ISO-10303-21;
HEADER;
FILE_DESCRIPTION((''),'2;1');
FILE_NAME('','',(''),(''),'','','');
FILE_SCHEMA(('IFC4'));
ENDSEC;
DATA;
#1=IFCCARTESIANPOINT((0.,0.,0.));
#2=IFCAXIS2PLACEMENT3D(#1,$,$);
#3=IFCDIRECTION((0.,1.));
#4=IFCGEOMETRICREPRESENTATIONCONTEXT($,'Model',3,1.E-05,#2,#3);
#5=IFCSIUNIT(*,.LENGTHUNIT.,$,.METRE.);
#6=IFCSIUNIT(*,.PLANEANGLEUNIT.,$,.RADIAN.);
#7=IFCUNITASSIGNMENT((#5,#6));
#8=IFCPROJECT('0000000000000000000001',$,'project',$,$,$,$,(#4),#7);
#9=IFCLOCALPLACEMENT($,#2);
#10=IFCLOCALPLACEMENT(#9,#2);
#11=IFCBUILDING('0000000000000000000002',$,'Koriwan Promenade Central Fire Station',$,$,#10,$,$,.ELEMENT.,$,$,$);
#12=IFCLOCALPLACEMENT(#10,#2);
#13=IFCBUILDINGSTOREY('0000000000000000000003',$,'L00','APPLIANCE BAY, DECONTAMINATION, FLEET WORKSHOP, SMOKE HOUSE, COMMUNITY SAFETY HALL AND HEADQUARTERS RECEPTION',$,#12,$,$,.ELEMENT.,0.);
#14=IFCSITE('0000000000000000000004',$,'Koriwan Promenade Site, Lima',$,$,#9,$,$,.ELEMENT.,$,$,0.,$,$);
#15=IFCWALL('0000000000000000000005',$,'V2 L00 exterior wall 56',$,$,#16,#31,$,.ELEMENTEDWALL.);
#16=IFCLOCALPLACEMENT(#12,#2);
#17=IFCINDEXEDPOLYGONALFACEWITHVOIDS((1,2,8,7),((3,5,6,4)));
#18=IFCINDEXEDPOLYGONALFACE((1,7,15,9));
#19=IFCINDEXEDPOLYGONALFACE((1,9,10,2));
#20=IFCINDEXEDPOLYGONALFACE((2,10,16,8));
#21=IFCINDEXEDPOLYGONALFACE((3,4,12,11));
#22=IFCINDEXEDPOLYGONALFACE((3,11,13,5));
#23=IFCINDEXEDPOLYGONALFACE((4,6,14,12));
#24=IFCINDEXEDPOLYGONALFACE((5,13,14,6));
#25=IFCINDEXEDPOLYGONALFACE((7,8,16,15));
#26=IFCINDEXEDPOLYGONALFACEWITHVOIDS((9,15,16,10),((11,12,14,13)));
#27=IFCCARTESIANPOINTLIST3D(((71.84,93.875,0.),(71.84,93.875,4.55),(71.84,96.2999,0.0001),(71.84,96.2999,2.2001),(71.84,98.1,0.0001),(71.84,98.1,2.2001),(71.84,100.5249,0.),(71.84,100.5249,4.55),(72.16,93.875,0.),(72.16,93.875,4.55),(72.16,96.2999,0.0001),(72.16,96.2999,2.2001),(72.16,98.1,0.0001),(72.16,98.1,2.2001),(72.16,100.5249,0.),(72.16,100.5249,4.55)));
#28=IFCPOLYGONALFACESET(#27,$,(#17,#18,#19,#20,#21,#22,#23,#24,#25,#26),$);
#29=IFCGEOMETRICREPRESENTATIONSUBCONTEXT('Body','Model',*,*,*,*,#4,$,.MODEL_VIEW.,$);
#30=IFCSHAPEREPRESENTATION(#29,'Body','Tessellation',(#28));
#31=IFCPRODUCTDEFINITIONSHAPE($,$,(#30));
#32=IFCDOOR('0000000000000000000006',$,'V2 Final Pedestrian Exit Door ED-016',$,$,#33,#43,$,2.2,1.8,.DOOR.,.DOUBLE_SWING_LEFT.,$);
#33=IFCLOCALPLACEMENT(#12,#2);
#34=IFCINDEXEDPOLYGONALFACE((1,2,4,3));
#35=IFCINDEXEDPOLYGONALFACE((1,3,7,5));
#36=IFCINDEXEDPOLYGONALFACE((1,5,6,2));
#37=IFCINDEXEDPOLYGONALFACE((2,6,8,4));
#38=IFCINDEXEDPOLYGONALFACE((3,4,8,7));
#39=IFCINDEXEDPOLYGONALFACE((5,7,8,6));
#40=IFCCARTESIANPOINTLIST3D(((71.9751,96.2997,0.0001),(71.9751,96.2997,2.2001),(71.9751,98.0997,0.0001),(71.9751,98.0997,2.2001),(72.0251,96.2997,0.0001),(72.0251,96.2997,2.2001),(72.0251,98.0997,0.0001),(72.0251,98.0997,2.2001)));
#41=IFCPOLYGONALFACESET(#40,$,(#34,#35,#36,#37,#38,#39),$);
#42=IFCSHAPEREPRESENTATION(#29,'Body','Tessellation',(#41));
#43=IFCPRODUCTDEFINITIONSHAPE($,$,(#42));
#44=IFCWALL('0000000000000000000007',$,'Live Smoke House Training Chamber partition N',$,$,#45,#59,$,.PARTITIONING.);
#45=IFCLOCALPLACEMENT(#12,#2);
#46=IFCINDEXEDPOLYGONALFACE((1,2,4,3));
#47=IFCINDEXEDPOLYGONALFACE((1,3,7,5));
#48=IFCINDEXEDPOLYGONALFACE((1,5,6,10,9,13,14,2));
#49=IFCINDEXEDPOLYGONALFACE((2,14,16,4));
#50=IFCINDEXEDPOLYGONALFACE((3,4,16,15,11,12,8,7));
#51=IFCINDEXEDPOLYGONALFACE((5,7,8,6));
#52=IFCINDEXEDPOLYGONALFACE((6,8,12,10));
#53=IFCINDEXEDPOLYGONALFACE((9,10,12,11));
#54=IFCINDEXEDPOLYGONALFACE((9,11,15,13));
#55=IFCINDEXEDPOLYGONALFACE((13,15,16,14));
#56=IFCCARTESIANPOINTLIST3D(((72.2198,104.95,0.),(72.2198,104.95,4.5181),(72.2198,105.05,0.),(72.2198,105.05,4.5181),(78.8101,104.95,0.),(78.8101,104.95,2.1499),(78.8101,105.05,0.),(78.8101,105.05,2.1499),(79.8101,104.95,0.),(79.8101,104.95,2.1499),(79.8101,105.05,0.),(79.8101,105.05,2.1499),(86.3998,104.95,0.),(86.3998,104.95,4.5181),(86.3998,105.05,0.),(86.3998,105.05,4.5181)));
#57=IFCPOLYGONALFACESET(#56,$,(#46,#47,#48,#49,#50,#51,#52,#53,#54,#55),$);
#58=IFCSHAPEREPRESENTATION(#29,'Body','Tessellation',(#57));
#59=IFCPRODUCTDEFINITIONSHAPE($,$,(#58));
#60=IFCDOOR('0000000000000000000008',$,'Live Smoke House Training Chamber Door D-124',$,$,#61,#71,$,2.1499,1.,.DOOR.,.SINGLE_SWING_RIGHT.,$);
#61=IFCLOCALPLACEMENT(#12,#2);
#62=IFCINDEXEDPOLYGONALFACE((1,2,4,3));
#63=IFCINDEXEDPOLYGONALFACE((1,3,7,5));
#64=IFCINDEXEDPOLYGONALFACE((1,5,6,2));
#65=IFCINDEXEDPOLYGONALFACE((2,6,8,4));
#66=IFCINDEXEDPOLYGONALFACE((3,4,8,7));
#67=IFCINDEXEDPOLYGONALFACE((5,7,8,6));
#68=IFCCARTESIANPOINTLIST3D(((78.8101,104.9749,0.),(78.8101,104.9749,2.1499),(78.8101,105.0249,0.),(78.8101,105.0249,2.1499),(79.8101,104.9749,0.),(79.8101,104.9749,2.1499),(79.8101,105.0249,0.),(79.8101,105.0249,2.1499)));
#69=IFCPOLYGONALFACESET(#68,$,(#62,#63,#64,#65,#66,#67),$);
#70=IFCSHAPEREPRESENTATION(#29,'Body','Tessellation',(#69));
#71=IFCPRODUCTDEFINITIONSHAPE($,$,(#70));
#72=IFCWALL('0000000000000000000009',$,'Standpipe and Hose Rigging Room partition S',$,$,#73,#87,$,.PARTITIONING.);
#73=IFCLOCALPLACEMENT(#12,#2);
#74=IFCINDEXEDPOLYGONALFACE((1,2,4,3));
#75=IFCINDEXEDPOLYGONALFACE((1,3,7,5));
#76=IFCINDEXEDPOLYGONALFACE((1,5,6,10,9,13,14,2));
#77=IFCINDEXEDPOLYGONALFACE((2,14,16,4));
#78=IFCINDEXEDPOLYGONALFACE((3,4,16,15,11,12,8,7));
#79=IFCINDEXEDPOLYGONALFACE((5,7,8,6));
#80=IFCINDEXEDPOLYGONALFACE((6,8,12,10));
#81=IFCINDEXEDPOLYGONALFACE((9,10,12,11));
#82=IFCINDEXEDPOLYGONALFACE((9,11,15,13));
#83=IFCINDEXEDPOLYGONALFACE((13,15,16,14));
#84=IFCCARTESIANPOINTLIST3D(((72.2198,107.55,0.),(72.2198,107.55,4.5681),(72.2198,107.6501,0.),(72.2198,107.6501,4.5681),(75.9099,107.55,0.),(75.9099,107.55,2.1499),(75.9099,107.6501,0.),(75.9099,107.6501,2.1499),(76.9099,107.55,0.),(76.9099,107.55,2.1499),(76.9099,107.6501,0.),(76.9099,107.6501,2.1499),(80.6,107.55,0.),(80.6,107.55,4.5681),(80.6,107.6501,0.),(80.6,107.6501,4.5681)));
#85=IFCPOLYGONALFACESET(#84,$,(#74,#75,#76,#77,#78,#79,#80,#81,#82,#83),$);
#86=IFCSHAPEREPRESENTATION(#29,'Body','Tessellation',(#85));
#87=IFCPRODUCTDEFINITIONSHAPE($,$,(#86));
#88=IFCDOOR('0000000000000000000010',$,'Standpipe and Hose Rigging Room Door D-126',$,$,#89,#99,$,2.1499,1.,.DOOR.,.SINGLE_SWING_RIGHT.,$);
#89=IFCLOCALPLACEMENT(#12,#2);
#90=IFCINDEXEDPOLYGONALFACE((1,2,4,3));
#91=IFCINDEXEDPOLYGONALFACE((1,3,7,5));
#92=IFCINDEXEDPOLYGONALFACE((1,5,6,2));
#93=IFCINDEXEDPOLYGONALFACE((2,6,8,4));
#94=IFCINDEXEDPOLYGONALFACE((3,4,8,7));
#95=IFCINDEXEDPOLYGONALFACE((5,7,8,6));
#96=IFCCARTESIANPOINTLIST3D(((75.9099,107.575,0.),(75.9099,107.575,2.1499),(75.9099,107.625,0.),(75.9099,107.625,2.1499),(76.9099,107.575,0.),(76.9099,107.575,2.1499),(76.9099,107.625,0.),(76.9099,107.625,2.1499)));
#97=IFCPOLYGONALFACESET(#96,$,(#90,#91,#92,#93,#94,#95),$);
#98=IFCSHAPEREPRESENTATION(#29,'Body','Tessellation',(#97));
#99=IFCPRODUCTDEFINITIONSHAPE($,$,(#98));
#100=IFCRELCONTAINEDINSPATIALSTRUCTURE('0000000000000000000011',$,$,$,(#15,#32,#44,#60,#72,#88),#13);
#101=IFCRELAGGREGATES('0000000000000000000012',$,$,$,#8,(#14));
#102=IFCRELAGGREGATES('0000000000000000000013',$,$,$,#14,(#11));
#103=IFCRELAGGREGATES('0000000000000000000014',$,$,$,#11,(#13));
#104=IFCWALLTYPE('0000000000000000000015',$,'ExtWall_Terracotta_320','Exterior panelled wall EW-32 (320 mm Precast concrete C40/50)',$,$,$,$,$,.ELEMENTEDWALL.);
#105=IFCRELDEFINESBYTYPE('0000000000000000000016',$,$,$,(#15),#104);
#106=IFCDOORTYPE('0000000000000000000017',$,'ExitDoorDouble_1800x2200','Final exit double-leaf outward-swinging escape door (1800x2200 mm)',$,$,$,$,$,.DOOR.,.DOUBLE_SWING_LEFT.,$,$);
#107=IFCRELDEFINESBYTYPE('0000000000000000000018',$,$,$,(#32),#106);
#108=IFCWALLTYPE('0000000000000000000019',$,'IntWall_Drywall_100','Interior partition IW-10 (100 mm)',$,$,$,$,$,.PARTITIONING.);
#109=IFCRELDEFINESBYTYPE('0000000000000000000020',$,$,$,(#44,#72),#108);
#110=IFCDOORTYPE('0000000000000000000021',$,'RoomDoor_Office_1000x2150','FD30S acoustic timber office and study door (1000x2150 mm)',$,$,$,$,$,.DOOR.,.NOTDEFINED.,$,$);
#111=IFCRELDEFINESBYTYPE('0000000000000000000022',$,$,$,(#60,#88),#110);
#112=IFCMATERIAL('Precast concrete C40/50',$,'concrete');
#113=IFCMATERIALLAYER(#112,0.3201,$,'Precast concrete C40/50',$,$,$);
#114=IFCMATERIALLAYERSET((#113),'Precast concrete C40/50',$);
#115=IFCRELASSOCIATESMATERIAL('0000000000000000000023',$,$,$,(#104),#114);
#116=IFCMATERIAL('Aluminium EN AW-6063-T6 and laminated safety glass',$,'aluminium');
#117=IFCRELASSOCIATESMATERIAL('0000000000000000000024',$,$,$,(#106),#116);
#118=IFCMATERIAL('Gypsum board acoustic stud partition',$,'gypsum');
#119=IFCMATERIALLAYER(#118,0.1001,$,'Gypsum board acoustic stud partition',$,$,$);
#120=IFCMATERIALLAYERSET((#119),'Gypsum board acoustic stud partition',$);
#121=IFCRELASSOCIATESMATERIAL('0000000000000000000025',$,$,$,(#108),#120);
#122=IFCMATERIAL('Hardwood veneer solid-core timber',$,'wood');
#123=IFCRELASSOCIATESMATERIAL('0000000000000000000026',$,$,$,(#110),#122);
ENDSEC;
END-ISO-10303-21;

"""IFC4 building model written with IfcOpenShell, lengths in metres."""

from ifc_helpers import new_model, si_unit, direction, frame, frame_2d, origin, place, context, subcontext, project, spatial, rectangle, extrude, material, layer, layer_set, type_object, element, fill, save


model = new_model("IFC4")

# Units and contexts
model_context = context("Model", 3, precision=1e-05, world=origin(), true_north=direction((0.0, 1.0)))
body_context = subcontext(model_context, "Body", "Model", "MODEL_VIEW")
ifc_project = project(units=[si_unit("LENGTHUNIT", "METRE"), si_unit("PLANEANGLEUNIT", "RADIAN")], contexts=[model_context])

# Site, building, storey
site_placement = place(None, origin())
site = spatial("IfcSite", under=ifc_project, at=site_placement, Name="Koriwan Promenade Site, Lima", CompositionType="ELEMENT", RefElevation=0.0)
building_placement = place(site_placement, origin())
building = spatial("IfcBuilding", under=site, at=building_placement, Name="Koriwan Promenade Central Fire Station", CompositionType="ELEMENT")
storey_placement = place(building_placement, origin())
storey = spatial("IfcBuildingStorey", under=building, at=storey_placement, Name="L00", Description="APPLIANCE BAY, DECONTAMINATION, FLEET WORKSHOP, SMOKE HOUSE, COMMUNITY SAFETY HALL AND HEADQUARTERS RECEPTION", CompositionType="ELEMENT", Elevation=0.0)

# Shared definitions
ifc_material_1 = material(Name="Precast concrete C40/50", Category="concrete")
ifc_layer_1 = layer(ifc_material_1, 0.3201, Name="Precast concrete C40/50")
ifc_layer_set_1 = layer_set([ifc_layer_1], Name="Precast concrete C40/50")
wall_type_1 = type_object("IfcWallType", Name="ExtWall_Terracotta_320", Description="Exterior panelled wall EW-32 (320 mm Precast concrete C40/50)", PredefinedType="ELEMENTEDWALL", material=ifc_layer_set_1)

# Walls, openings, doors
wall_1_placement = place(storey_placement, frame((72.0, 100.5249, 0.0), z_axis=(0.0, 0.0, 1.0), x_axis=(0.0, -1.0, 0.0)))
wall_1 = element("IfcWall", 1, at=wall_1_placement, inside=storey, type_object=wall_type_1, Name="V2 L00 exterior wall 56", PredefinedType="ELEMENTEDWALL", context=body_context, shape_type="SweptSolid", body=[
    extrude(rectangle(XDim=6.6499, YDim=0.3201, at=frame_2d((3.325, 0.0))), origin(), (0.0, 0.0, 1.0), 4.55),
])
opening_1_placement = place(wall_1_placement, frame((2.425, 0.0, 0.0)))
opening_1 = element("IfcOpeningElement", 2, at=opening_1_placement, cuts=wall_1, PredefinedType="OPENING", context=body_context, shape_type="SweptSolid", body=[
    extrude(rectangle(XDim=1.8, YDim=2.2, at=frame_2d((0.8999, 1.1001))), frame((0.0, 0.1719, 0.0), z_axis=(0.0, -1.0, 0.0), x_axis=(1.0, 0.0, 0.0)), (0.0, 0.0, 1.0), 0.344),
])
ifc_material_2 = material(Name="Aluminium EN AW-6063-T6 and laminated safety glass", Category="aluminium")
door_type_1 = type_object("IfcDoorType", Name="ExitDoorDouble_1800x2200", Description="Final exit double-leaf outward-swinging escape door (1800x2200 mm)", OperationType="DOUBLE_SWING_LEFT", PredefinedType="DOOR", material=ifc_material_2)
door_1_placement = place(opening_1_placement, frame((1.8, 0.0, 0.0), z_axis=(0.0, 0.0, 1.0), x_axis=(-1.0, 0.0, 0.0)))
door_1 = element("IfcDoor", 3, at=door_1_placement, inside=storey, type_object=door_type_1, Name="V2 Final Pedestrian Exit Door ED-016", OperationType="DOUBLE_SWING_LEFT", OverallHeight=2.2, OverallWidth=1.8, PredefinedType="DOOR", context=body_context, shape_type="SweptSolid", body=[
    extrude(rectangle(XDim=1.8, YDim=2.2, at=frame_2d((0.8999, 1.1001))), frame((0.0, 0.0249, 0.0), z_axis=(0.0, -1.0, 0.0), x_axis=(1.0, 0.0, 0.0)), (0.0, 0.0, 1.0), 0.05),
])
fill(opening_1, door_1)
ifc_material_3 = material(Name="Gypsum board acoustic stud partition", Category="gypsum")
ifc_layer_2 = layer(ifc_material_3, 0.1001, Name="Gypsum board acoustic stud partition")
ifc_layer_set_2 = layer_set([ifc_layer_2], Name="Gypsum board acoustic stud partition")
wall_type_2 = type_object("IfcWallType", Name="IntWall_Drywall_100", Description="Interior partition IW-10 (100 mm)", PredefinedType="PARTITIONING", material=ifc_layer_set_2)
wall_2_placement = place(storey_placement, frame((72.22, 105.0, 0.0), z_axis=(0.0, 0.0, 1.0), x_axis=(1.0, 0.0, 0.0)))
wall_2 = element("IfcWall", 4, at=wall_2_placement, inside=storey, type_object=wall_type_2, Name="Live Smoke House Training Chamber partition N", PredefinedType="PARTITIONING", context=body_context, shape_type="SweptSolid", body=[
    extrude(rectangle(XDim=14.1799, YDim=0.1001, at=frame_2d((7.0898, 0.0))), origin(), (0.0, 0.0, 1.0), 4.5181),
])
opening_2_placement = place(wall_2_placement, frame((6.5901, 0.0, 0.0)))
opening_2 = element("IfcOpeningElement", 5, at=opening_2_placement, cuts=wall_2, PredefinedType="OPENING", context=body_context, shape_type="SweptSolid", body=[
    extrude(rectangle(XDim=1.0, YDim=2.1499, at=frame_2d((0.5, 1.075))), frame((0.0, 0.062, 0.0), z_axis=(0.0, -1.0, 0.0), x_axis=(1.0, 0.0, 0.0)), (0.0, 0.0, 1.0), 0.124),
])
ifc_material_4 = material(Name="Hardwood veneer solid-core timber", Category="wood")
door_type_2 = type_object("IfcDoorType", Name="RoomDoor_Office_1000x2150", Description="FD30S acoustic timber office and study door (1000x2150 mm)", OperationType="NOTDEFINED", PredefinedType="DOOR", material=ifc_material_4)
door_2_placement = place(opening_2_placement, origin())
door_2 = element("IfcDoor", 6, at=door_2_placement, inside=storey, type_object=door_type_2, Name="Live Smoke House Training Chamber Door D-124", OperationType="SINGLE_SWING_RIGHT", OverallHeight=2.1499, OverallWidth=1.0, PredefinedType="DOOR", context=body_context, shape_type="SweptSolid", body=[
    extrude(rectangle(XDim=1.0, YDim=2.1499, at=frame_2d((0.5, 1.075))), frame((0.0, 0.0249, 0.0), z_axis=(0.0, -1.0, 0.0), x_axis=(1.0, 0.0, 0.0)), (0.0, 0.0, 1.0), 0.05),
])
fill(opening_2, door_2)
wall_3_placement = place(storey_placement, frame((72.22, 107.6001, 0.0), z_axis=(0.0, 0.0, 1.0), x_axis=(1.0, 0.0, 0.0)))
wall_3 = element("IfcWall", 7, at=wall_3_placement, inside=storey, type_object=wall_type_2, Name="Standpipe and Hose Rigging Room partition S", PredefinedType="PARTITIONING", context=body_context, shape_type="SweptSolid", body=[
    extrude(rectangle(XDim=8.3801, YDim=0.1001, at=frame_2d((4.1899, 0.0))), origin(), (0.0, 0.0, 1.0), 4.5681),
])
opening_3_placement = place(wall_3_placement, frame((3.6899, 0.0, 0.0)))
opening_3 = element("IfcOpeningElement", 8, at=opening_3_placement, cuts=wall_3, PredefinedType="OPENING", context=body_context, shape_type="SweptSolid", body=[
    extrude(rectangle(XDim=1.0, YDim=2.1499, at=frame_2d((0.5, 1.075))), frame((0.0, 0.062, 0.0), z_axis=(0.0, -1.0, 0.0), x_axis=(1.0, 0.0, 0.0)), (0.0, 0.0, 1.0), 0.124),
])
door_3_placement = place(opening_3_placement, origin())
door_3 = element("IfcDoor", 9, at=door_3_placement, inside=storey, type_object=door_type_2, Name="Standpipe and Hose Rigging Room Door D-126", OperationType="SINGLE_SWING_RIGHT", OverallHeight=2.1499, OverallWidth=1.0, PredefinedType="DOOR", context=body_context, shape_type="SweptSolid", body=[
    extrude(rectangle(XDim=1.0, YDim=2.1499, at=frame_2d((0.5, 1.075))), frame((0.0, 0.0249, 0.0), z_axis=(0.0, -1.0, 0.0), x_axis=(1.0, 0.0, 0.0)), (0.0, 0.0, 1.0), 0.05),
])
fill(opening_3, door_3)

save(model, "model.ifc")
